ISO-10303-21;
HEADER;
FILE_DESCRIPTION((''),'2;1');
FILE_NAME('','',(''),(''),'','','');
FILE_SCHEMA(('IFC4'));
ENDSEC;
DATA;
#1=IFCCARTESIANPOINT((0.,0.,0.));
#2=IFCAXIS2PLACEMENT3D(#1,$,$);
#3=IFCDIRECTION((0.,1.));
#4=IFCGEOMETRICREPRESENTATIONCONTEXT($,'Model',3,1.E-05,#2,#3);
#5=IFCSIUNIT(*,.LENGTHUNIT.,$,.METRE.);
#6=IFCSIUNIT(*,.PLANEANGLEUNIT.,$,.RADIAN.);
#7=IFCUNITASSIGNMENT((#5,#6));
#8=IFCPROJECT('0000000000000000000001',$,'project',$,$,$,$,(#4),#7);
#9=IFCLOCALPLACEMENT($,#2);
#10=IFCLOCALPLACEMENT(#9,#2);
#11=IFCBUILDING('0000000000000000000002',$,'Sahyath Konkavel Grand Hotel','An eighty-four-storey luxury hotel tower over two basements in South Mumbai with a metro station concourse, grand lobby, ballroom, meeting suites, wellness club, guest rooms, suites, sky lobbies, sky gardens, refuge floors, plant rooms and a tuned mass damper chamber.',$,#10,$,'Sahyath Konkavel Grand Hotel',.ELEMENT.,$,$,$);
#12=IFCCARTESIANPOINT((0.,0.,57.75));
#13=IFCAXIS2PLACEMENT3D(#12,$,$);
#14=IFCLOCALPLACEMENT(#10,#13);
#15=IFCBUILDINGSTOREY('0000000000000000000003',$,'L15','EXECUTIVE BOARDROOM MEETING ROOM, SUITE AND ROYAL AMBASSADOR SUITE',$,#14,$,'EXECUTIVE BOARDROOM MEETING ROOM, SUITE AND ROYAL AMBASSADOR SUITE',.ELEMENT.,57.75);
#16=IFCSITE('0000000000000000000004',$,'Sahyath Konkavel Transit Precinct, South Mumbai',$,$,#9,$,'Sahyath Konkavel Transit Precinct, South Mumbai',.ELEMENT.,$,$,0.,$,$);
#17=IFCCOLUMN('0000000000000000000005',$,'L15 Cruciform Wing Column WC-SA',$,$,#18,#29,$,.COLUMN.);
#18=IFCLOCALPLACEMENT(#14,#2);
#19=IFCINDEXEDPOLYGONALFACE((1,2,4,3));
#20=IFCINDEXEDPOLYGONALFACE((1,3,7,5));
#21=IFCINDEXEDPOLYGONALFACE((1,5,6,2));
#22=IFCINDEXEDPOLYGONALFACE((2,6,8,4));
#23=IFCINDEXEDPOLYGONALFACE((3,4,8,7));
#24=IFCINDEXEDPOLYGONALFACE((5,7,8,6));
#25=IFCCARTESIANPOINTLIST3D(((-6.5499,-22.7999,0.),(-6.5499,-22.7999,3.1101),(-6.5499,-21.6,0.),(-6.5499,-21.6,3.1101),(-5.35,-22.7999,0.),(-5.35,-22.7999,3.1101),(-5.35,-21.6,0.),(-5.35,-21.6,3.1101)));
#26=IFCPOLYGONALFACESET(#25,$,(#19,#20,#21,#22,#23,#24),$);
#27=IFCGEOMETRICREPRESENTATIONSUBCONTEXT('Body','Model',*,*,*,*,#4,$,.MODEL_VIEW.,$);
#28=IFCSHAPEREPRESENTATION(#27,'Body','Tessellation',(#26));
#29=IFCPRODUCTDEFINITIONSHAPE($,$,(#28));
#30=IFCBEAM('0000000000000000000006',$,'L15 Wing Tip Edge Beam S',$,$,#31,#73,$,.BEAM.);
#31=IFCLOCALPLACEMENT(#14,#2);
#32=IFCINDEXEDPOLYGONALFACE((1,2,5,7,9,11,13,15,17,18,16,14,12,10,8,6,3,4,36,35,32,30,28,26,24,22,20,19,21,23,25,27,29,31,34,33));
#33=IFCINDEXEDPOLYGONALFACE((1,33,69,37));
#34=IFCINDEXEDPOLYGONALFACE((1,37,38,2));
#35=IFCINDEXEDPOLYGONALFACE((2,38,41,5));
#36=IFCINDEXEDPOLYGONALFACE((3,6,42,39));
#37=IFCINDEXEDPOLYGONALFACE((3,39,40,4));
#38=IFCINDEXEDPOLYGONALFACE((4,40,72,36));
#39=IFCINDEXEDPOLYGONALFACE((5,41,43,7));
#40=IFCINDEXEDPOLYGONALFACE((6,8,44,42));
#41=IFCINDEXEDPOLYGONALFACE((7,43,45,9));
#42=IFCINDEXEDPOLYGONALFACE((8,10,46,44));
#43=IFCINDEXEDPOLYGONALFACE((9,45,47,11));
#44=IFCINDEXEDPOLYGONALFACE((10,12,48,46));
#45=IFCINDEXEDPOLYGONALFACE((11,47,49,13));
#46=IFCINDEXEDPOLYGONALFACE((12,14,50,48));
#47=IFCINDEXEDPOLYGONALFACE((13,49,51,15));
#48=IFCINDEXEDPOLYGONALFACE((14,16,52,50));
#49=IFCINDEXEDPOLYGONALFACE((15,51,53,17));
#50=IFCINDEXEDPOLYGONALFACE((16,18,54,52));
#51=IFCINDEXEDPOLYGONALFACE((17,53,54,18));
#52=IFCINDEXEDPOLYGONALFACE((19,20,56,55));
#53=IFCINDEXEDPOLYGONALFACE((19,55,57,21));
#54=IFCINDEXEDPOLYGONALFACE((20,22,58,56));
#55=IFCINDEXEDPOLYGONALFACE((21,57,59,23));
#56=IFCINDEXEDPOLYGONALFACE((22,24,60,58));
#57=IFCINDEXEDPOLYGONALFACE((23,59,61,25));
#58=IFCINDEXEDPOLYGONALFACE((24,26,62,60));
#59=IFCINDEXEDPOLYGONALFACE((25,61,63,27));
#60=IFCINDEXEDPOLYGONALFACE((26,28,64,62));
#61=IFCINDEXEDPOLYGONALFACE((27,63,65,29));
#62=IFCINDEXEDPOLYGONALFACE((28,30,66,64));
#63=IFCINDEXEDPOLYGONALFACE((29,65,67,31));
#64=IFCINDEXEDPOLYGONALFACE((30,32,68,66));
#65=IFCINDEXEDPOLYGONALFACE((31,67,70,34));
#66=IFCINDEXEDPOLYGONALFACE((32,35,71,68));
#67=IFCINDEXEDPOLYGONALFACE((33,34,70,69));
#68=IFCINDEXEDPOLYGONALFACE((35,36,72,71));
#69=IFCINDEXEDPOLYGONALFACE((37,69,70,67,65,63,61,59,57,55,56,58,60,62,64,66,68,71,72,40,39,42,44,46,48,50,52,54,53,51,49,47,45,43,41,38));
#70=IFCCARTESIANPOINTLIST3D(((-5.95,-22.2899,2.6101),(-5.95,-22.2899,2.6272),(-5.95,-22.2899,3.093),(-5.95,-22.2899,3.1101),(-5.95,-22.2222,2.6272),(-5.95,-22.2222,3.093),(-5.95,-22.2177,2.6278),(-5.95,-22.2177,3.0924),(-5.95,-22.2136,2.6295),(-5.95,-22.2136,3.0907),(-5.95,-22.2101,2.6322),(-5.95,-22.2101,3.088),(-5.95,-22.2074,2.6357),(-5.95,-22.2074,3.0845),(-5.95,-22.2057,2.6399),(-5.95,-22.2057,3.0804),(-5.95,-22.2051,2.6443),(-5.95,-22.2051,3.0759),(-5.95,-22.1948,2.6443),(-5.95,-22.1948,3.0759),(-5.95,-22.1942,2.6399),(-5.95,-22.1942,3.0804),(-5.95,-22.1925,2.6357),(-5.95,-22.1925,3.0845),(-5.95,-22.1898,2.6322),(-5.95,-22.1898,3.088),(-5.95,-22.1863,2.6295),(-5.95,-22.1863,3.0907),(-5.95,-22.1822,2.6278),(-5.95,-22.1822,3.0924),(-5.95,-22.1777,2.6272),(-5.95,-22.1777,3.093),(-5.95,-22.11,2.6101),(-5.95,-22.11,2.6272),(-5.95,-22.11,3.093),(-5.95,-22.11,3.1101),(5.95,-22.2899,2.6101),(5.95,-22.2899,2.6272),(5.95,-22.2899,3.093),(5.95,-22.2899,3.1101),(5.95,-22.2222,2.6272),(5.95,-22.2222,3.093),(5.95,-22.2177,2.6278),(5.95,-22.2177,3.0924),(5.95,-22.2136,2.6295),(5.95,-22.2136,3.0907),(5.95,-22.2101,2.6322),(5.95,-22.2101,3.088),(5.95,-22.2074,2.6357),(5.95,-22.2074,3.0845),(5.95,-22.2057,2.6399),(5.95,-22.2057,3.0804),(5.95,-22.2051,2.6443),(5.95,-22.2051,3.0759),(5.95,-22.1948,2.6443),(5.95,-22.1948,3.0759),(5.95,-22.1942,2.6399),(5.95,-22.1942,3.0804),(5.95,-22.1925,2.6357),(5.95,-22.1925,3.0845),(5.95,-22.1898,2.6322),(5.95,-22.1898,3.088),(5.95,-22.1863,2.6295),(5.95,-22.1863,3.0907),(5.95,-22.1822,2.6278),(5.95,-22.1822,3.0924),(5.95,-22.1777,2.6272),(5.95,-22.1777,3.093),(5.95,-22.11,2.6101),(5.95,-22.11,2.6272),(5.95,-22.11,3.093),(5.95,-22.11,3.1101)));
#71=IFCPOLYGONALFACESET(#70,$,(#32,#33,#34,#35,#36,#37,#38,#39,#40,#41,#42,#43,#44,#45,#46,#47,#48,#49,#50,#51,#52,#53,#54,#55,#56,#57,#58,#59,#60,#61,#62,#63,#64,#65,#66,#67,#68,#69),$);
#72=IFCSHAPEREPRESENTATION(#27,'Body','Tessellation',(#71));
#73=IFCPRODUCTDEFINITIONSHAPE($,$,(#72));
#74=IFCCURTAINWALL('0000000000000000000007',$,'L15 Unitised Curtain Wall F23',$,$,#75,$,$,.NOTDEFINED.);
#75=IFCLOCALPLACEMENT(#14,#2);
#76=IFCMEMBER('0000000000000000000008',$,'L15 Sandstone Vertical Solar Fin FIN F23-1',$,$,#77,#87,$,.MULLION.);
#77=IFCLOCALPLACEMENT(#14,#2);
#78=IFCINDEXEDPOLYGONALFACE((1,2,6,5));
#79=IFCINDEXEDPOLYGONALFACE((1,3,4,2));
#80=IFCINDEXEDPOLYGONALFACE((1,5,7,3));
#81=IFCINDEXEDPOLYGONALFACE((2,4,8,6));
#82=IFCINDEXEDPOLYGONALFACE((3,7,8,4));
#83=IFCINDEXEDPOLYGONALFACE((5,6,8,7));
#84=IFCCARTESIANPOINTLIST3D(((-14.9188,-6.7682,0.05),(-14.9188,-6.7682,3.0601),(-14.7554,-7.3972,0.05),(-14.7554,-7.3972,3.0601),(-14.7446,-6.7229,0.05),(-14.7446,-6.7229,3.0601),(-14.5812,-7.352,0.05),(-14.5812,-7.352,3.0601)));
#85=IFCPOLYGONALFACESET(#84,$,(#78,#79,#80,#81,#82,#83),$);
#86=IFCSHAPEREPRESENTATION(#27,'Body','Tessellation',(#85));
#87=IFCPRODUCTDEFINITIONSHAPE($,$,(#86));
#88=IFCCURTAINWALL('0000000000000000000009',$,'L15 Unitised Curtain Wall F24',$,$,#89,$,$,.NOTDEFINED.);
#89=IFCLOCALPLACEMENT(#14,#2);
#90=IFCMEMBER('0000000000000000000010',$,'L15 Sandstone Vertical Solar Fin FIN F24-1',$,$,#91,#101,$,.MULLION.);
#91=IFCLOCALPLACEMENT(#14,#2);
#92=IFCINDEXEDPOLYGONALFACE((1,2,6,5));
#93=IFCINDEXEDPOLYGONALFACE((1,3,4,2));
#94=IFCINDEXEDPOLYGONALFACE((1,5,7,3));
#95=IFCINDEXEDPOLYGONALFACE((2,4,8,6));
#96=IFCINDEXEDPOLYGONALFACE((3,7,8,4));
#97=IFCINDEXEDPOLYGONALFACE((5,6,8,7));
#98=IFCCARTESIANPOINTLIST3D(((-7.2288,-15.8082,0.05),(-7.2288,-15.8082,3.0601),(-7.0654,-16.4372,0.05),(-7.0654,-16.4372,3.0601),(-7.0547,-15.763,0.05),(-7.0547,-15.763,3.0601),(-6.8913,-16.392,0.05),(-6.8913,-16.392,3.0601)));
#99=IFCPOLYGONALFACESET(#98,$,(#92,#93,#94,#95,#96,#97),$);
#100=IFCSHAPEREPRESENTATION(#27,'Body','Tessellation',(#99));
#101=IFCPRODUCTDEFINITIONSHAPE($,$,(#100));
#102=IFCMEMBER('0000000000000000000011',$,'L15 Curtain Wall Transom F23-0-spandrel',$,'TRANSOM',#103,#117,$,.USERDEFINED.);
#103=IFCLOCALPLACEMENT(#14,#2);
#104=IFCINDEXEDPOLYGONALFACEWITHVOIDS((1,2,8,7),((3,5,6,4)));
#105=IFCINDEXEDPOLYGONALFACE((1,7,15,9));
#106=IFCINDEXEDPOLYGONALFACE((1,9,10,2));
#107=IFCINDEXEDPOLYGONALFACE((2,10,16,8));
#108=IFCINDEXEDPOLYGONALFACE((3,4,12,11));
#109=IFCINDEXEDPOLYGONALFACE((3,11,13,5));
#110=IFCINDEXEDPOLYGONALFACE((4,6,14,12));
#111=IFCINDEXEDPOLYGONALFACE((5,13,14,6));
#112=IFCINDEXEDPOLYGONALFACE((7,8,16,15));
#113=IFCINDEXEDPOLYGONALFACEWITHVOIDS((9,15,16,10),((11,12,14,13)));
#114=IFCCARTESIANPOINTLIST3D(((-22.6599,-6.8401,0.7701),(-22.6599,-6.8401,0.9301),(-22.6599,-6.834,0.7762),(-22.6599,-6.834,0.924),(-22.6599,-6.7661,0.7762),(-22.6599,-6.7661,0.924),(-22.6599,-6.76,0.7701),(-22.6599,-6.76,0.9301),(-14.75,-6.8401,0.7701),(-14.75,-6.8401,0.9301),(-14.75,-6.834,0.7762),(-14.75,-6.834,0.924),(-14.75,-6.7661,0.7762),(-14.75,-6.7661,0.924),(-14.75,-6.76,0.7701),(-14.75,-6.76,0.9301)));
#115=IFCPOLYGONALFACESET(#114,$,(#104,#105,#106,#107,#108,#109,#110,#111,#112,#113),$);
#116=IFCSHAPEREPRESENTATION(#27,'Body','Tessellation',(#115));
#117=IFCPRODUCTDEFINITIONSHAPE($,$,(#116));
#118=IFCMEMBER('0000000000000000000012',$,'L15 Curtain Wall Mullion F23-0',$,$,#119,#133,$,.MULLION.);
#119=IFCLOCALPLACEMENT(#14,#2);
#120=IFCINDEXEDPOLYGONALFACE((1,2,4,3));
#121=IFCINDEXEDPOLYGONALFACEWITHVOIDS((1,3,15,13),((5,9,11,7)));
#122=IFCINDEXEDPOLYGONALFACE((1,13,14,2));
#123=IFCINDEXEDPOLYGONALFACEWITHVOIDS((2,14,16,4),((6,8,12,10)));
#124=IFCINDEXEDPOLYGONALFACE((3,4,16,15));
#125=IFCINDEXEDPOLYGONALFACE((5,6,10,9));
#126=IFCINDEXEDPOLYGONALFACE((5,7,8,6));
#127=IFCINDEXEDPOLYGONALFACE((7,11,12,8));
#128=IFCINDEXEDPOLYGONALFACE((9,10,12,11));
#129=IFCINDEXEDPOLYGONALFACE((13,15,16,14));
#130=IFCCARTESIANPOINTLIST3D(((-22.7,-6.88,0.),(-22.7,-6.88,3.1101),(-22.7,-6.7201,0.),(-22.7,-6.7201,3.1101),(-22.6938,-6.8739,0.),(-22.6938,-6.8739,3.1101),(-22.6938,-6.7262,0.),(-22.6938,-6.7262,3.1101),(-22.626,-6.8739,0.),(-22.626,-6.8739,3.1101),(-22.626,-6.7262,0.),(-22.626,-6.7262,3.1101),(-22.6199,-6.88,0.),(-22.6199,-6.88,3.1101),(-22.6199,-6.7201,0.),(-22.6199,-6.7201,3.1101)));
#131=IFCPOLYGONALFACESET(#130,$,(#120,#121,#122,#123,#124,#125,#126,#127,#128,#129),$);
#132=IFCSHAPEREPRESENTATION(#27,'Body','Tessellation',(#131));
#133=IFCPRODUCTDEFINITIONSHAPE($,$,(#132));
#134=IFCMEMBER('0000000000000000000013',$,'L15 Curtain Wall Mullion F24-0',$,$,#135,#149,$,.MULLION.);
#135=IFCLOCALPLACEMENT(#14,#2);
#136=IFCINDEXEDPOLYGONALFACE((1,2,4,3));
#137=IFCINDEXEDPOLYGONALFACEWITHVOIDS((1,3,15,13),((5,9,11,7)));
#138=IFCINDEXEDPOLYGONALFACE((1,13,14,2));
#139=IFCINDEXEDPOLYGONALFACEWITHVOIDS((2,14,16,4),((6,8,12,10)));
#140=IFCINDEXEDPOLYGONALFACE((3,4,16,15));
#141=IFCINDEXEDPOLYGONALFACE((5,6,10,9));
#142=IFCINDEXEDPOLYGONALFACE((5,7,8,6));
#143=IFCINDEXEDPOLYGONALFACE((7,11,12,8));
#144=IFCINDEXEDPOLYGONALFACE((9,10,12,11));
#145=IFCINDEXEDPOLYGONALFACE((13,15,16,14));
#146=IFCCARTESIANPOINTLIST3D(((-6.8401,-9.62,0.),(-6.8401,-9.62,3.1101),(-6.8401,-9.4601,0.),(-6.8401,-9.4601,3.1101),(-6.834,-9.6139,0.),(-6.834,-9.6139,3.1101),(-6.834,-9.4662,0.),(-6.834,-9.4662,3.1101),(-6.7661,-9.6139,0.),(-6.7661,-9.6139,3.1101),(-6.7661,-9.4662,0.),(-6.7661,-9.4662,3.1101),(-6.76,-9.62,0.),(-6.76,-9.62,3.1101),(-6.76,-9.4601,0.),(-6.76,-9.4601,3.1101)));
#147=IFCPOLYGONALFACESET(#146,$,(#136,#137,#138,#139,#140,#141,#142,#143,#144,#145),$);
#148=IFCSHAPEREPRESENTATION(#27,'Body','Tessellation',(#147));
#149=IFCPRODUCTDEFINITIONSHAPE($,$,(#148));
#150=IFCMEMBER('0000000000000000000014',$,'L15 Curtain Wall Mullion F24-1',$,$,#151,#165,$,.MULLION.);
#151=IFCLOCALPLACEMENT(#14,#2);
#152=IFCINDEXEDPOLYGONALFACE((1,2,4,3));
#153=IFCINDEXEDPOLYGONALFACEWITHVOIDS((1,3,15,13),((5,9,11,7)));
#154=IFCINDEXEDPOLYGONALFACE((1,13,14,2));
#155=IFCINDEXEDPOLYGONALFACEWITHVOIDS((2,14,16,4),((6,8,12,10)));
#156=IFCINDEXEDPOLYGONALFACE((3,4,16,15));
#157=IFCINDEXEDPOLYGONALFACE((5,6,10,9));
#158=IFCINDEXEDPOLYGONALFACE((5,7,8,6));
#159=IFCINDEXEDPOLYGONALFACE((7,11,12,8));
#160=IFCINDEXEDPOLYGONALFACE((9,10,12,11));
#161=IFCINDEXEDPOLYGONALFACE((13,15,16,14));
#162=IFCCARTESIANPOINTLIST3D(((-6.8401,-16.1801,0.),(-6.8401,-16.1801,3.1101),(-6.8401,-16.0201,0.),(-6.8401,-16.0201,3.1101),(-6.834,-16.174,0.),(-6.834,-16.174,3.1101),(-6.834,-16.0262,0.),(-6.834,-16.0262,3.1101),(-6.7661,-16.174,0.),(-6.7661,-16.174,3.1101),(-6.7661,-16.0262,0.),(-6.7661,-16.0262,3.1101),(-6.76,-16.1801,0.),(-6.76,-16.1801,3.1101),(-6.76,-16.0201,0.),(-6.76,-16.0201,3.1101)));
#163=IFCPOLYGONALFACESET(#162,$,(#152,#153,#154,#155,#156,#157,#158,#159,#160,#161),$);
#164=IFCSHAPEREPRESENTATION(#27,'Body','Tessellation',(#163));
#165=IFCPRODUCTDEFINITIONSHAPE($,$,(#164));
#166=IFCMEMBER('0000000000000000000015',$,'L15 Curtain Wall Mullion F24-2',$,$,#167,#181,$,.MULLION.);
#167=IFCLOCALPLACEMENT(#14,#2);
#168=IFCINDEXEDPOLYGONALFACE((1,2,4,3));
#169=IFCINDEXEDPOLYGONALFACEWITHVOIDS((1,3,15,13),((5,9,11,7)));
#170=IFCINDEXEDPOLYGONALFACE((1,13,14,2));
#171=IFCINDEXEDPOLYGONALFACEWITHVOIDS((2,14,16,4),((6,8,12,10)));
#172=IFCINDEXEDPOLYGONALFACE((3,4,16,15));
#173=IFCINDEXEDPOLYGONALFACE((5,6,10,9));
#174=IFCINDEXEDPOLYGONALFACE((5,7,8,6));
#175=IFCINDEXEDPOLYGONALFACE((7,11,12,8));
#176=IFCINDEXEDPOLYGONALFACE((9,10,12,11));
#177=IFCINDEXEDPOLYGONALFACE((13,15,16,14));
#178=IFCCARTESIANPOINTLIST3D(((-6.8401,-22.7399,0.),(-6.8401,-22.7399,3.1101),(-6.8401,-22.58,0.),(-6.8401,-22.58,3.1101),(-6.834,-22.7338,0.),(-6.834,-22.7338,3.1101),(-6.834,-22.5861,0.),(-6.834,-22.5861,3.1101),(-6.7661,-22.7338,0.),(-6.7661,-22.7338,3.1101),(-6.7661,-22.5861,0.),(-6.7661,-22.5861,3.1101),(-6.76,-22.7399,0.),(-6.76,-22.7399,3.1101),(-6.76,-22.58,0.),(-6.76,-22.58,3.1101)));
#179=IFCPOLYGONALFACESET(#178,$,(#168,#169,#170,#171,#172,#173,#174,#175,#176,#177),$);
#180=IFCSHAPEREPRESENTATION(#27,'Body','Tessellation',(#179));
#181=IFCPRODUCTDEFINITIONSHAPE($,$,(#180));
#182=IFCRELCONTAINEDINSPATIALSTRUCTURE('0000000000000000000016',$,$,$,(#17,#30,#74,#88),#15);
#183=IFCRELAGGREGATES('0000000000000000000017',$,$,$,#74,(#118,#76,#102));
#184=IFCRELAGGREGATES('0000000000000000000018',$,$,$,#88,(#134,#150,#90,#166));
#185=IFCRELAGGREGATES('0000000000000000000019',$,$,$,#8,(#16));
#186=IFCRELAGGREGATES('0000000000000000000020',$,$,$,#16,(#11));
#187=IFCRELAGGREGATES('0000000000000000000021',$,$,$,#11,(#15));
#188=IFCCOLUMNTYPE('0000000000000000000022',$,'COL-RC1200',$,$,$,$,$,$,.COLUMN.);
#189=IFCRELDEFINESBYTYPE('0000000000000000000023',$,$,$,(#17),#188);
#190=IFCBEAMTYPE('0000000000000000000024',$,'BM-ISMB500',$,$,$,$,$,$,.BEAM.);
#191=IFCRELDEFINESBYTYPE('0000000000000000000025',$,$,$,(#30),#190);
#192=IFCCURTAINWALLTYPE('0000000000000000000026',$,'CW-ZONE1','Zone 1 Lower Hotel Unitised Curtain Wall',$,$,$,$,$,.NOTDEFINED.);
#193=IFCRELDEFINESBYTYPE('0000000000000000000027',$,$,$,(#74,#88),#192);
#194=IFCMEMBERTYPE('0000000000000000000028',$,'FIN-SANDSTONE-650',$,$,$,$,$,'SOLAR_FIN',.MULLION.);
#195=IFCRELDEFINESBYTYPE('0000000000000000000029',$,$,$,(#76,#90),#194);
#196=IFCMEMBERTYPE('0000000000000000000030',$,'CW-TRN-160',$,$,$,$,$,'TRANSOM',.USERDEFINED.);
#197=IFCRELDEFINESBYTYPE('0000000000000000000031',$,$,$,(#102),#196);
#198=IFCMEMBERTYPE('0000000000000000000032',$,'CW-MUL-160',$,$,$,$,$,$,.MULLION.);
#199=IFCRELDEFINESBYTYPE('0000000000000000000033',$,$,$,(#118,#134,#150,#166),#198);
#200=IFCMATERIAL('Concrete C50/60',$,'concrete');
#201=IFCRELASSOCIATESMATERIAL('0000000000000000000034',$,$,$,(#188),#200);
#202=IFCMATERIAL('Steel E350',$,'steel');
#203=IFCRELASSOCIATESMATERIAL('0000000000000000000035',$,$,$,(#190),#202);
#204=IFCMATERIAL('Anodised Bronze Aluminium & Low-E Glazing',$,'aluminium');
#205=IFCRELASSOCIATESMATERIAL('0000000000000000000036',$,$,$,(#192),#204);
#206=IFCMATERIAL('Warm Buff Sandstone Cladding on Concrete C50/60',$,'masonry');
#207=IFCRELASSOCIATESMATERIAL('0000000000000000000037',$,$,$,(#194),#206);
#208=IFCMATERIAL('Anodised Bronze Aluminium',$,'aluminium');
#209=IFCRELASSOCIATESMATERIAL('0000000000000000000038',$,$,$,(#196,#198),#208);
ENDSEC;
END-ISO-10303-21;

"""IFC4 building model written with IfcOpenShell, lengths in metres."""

from ifc_helpers import new_model, si_unit, direction, frame, origin, origin_2d, place, context, subcontext, project, spatial, rectangle, hollow_rectangle, i_section, extrude, source, transform, mapped, material, material_profile, profile_set, type_object, element, aggregate, save


model = new_model("IFC4")

# Units and contexts
model_context = context("Model", 3, precision=1e-05, world=origin(), true_north=direction((0.0, 1.0)))
body_context = subcontext(model_context, "Body", "Model", "MODEL_VIEW")
ifc_project = project(units=[si_unit("LENGTHUNIT", "METRE"), si_unit("PLANEANGLEUNIT", "RADIAN")], contexts=[model_context])

# Site, building, storey
site_placement = place(None, origin())
site = spatial("IfcSite", under=ifc_project, at=site_placement, Name="Sahyath Konkavel Transit Precinct, South Mumbai", LongName="Sahyath Konkavel Transit Precinct, South Mumbai", CompositionType="ELEMENT", RefElevation=0.0)
building_placement = place(site_placement, origin())
building = spatial("IfcBuilding", under=site, at=building_placement, Name="Sahyath Konkavel Grand Hotel", Description="An eighty-four-storey luxury hotel tower over two basements in South Mumbai with a metro station concourse, grand lobby, ballroom, meeting suites, wellness club, guest rooms, suites, sky lobbies, sky gardens, refuge floors, plant rooms and a tuned mass damper chamber.", LongName="Sahyath Konkavel Grand Hotel", CompositionType="ELEMENT")
storey_placement = place(building_placement, frame((0.0, 0.0, 57.75)))
storey = spatial("IfcBuildingStorey", under=building, at=storey_placement, Name="L15", Description="EXECUTIVE BOARDROOM MEETING ROOM, SUITE AND ROYAL AMBASSADOR SUITE", LongName="EXECUTIVE BOARDROOM MEETING ROOM, SUITE AND ROYAL AMBASSADOR SUITE", CompositionType="ELEMENT", Elevation=57.75)

# Column
ifc_material_1 = material(Name="Concrete C50/60", Category="concrete")
ifc_material_profile_1 = material_profile(ifc_material_1, rectangle(XDim=1.2, YDim=1.2, at=origin_2d()), Name="RC 1200x1200")
ifc_profile_set_1 = profile_set([ifc_material_profile_1], Name="Concrete C50/60")
column_type = type_object("IfcColumnType", Name="COL-RC1200", PredefinedType="COLUMN", material=ifc_profile_set_1)
shared_shape_1 = source(origin(), body_context, "Body", "SweptSolid", [
    extrude(rectangle(XDim=1.2, YDim=1.2, at=origin_2d()), origin(), (0.0, 0.0, 1.0), 3.1101),
])
column_placement = place(storey_placement, frame((-5.95, -22.2, 0.0), z_axis=(0.0, 0.0, 1.0), x_axis=(1.0, 0.0, 0.0)))
element("IfcColumn", 1, at=column_placement, inside=storey, type_object=column_type, Name="L15 Cruciform Wing Column WC-SA", PredefinedType="COLUMN", context=body_context, shape_type="MappedRepresentation", body=[
    mapped(shared_shape_1, transform((0.0, 0.0, 0.0), scale=1.0)),
])

# Beam
ifc_material_2 = material(Name="Steel E350", Category="steel")
ifc_material_profile_2 = material_profile(ifc_material_2, i_section(OverallWidth=0.1799, OverallDepth=0.5, WebThickness=0.0103, FlangeThickness=0.0171, FilletRadius=0.0171, at=origin_2d()), Name="ISMB 500")
ifc_profile_set_2 = profile_set([ifc_material_profile_2], Name="Steel E350")
beam_type = type_object("IfcBeamType", Name="BM-ISMB500", PredefinedType="BEAM", material=ifc_profile_set_2)
shared_shape_2 = source(origin(), body_context, "Body", "SweptSolid", [
    extrude(i_section(OverallWidth=0.1799, OverallDepth=0.5, WebThickness=0.0103, FlangeThickness=0.0171, FilletRadius=0.0171, at=origin_2d()), origin(), (0.0, 0.0, 1.0), 11.8999),
])
beam_placement = place(storey_placement, frame((-5.95, -22.2, 2.8601), z_axis=(1.0, 0.0, 0.0), x_axis=(0.0, 1.0, 0.0)))
element("IfcBeam", 2, at=beam_placement, inside=storey, type_object=beam_type, Name="L15 Wing Tip Edge Beam S", PredefinedType="BEAM", context=body_context, shape_type="MappedRepresentation", body=[
    mapped(shared_shape_2, transform((0.0, 0.0, 0.0), scale=1.0)),
])

# Curtain walls, members
ifc_material_3 = material(Name="Anodised Bronze Aluminium & Low-E Glazing", Category="aluminium")
curtain_wall_type = type_object("IfcCurtainWallType", Name="CW-ZONE1", Description="Zone 1 Lower Hotel Unitised Curtain Wall", PredefinedType="NOTDEFINED", material=ifc_material_3)
curtain_wall_1_placement = place(storey_placement, origin())
curtain_wall_1 = element("IfcCurtainWall", 3, at=curtain_wall_1_placement, inside=storey, type_object=curtain_wall_type, Name="L15 Unitised Curtain Wall F23", PredefinedType="NOTDEFINED")
ifc_material_4 = material(Name="Warm Buff Sandstone Cladding on Concrete C50/60", Category="masonry")
ifc_material_profile_3 = material_profile(ifc_material_4, rectangle(XDim=0.1799, YDim=0.6499, at=origin_2d()), Name="FIN 180x650")
ifc_profile_set_3 = profile_set([ifc_material_profile_3], Name="Warm Buff Sandstone Cladding on Concrete C50/60")
member_type_1 = type_object("IfcMemberType", Name="FIN-SANDSTONE-650", ElementType="SOLAR_FIN", PredefinedType="MULLION", material=ifc_profile_set_3)
shared_shape_3 = source(origin(), body_context, "Body", "SweptSolid", [
    extrude(rectangle(XDim=0.1799, YDim=0.6499, at=origin_2d()), origin(), (0.0, 0.0, 1.0), 3.01),
])
member_1_placement = place(storey_placement, frame((-14.75, -7.0601, 0.05), z_axis=(0.0, 0.0, 1.0), x_axis=(0.967885, 0.251394, 0.0)))
member_1 = element("IfcMember", 4, at=member_1_placement, type_object=member_type_1, Name="L15 Sandstone Vertical Solar Fin FIN F23-1", PredefinedType="MULLION", context=body_context, shape_type="MappedRepresentation", body=[
    mapped(shared_shape_3, transform((0.0, 0.0, 0.0), scale=1.0)),
])
curtain_wall_2_placement = place(storey_placement, origin())
curtain_wall_2 = element("IfcCurtainWall", 5, at=curtain_wall_2_placement, inside=storey, type_object=curtain_wall_type, Name="L15 Unitised Curtain Wall F24", PredefinedType="NOTDEFINED")
member_2_placement = place(storey_placement, frame((-7.0601, -16.1001, 0.05), z_axis=(0.0, 0.0, 1.0), x_axis=(0.967885, 0.251394, 0.0)))
member_2 = element("IfcMember", 6, at=member_2_placement, type_object=member_type_1, Name="L15 Sandstone Vertical Solar Fin FIN F24-1", PredefinedType="MULLION", context=body_context, shape_type="MappedRepresentation", body=[
    mapped(shared_shape_3, transform((0.0, 0.0, 0.0), scale=1.0)),
])

# Members
ifc_material_5 = material(Name="Anodised Bronze Aluminium", Category="aluminium")
ifc_material_profile_4 = material_profile(ifc_material_5, hollow_rectangle(XDim=0.0801, YDim=0.1599, WallThickness=0.0061, at=origin_2d()), Name="RHS 160x80x6")
ifc_profile_set_4 = profile_set([ifc_material_profile_4], Name="Anodised Bronze Aluminium")
member_type_2 = type_object("IfcMemberType", Name="CW-TRN-160", ElementType="TRANSOM", PredefinedType="USERDEFINED", material=ifc_profile_set_4)
shared_shape_4 = source(origin(), body_context, "Body", "SweptSolid", [
    extrude(hollow_rectangle(XDim=0.0801, YDim=0.1599, WallThickness=0.0061, at=origin_2d()), origin(), (0.0, 0.0, 1.0), 7.9099),
])
member_3_placement = place(storey_placement, frame((-22.6599, -6.8, 0.8501), z_axis=(1.0, 0.0, 0.0), x_axis=(0.0, 1.0, 0.0)))
member_3 = element("IfcMember", 7, at=member_3_placement, type_object=member_type_2, Name="L15 Curtain Wall Transom F23-0-spandrel", ObjectType="TRANSOM", PredefinedType="USERDEFINED", context=body_context, shape_type="MappedRepresentation", body=[
    mapped(shared_shape_4, transform((0.0, 0.0, 0.0), scale=1.0)),
])
ifc_material_profile_5 = material_profile(ifc_material_5, hollow_rectangle(XDim=0.0801, YDim=0.1599, WallThickness=0.0061, at=origin_2d()), Name="RHS 160x80x6")
ifc_profile_set_5 = profile_set([ifc_material_profile_5], Name="Anodised Bronze Aluminium")
member_type_3 = type_object("IfcMemberType", Name="CW-MUL-160", PredefinedType="MULLION", material=ifc_profile_set_5)
shared_shape_5 = source(origin(), body_context, "Body", "SweptSolid", [
    extrude(hollow_rectangle(XDim=0.0801, YDim=0.1599, WallThickness=0.0061, at=origin_2d()), origin(), (0.0, 0.0, 1.0), 3.1101),
])
member_4_placement = place(storey_placement, frame((-22.6599, -6.8, 0.0), z_axis=(0.0, 0.0, 1.0), x_axis=(1.0, 0.0, 0.0)))
member_4 = element("IfcMember", 8, at=member_4_placement, type_object=member_type_3, Name="L15 Curtain Wall Mullion F23-0", PredefinedType="MULLION", context=body_context, shape_type="MappedRepresentation", body=[
    mapped(shared_shape_5, transform((0.0, 0.0, 0.0), scale=1.0)),
])
member_5_placement = place(storey_placement, frame((-6.8, -9.54, 0.0), z_axis=(0.0, 0.0, 1.0), x_axis=(1.0, 0.0, 0.0)))
member_5 = element("IfcMember", 9, at=member_5_placement, type_object=member_type_3, Name="L15 Curtain Wall Mullion F24-0", PredefinedType="MULLION", context=body_context, shape_type="MappedRepresentation", body=[
    mapped(shared_shape_5, transform((0.0, 0.0, 0.0), scale=1.0)),
])
member_6_placement = place(storey_placement, frame((-6.8, -16.1001, 0.0), z_axis=(0.0, 0.0, 1.0), x_axis=(1.0, 0.0, 0.0)))
member_6 = element("IfcMember", 10, at=member_6_placement, type_object=member_type_3, Name="L15 Curtain Wall Mullion F24-1", PredefinedType="MULLION", context=body_context, shape_type="MappedRepresentation", body=[
    mapped(shared_shape_5, transform((0.0, 0.0, 0.0), scale=1.0)),
])
member_7_placement = place(storey_placement, frame((-6.8, -22.6599, 0.0), z_axis=(0.0, 0.0, 1.0), x_axis=(1.0, 0.0, 0.0)))
member_7 = element("IfcMember", 11, at=member_7_placement, type_object=member_type_3, Name="L15 Curtain Wall Mullion F24-2", PredefinedType="MULLION", context=body_context, shape_type="MappedRepresentation", body=[
    mapped(shared_shape_5, transform((0.0, 0.0, 0.0), scale=1.0)),
])

aggregate(curtain_wall_1, [member_4, member_1, member_3])
aggregate(curtain_wall_2, [member_5, member_6, member_2, member_7])

save(model, "model.ifc")
